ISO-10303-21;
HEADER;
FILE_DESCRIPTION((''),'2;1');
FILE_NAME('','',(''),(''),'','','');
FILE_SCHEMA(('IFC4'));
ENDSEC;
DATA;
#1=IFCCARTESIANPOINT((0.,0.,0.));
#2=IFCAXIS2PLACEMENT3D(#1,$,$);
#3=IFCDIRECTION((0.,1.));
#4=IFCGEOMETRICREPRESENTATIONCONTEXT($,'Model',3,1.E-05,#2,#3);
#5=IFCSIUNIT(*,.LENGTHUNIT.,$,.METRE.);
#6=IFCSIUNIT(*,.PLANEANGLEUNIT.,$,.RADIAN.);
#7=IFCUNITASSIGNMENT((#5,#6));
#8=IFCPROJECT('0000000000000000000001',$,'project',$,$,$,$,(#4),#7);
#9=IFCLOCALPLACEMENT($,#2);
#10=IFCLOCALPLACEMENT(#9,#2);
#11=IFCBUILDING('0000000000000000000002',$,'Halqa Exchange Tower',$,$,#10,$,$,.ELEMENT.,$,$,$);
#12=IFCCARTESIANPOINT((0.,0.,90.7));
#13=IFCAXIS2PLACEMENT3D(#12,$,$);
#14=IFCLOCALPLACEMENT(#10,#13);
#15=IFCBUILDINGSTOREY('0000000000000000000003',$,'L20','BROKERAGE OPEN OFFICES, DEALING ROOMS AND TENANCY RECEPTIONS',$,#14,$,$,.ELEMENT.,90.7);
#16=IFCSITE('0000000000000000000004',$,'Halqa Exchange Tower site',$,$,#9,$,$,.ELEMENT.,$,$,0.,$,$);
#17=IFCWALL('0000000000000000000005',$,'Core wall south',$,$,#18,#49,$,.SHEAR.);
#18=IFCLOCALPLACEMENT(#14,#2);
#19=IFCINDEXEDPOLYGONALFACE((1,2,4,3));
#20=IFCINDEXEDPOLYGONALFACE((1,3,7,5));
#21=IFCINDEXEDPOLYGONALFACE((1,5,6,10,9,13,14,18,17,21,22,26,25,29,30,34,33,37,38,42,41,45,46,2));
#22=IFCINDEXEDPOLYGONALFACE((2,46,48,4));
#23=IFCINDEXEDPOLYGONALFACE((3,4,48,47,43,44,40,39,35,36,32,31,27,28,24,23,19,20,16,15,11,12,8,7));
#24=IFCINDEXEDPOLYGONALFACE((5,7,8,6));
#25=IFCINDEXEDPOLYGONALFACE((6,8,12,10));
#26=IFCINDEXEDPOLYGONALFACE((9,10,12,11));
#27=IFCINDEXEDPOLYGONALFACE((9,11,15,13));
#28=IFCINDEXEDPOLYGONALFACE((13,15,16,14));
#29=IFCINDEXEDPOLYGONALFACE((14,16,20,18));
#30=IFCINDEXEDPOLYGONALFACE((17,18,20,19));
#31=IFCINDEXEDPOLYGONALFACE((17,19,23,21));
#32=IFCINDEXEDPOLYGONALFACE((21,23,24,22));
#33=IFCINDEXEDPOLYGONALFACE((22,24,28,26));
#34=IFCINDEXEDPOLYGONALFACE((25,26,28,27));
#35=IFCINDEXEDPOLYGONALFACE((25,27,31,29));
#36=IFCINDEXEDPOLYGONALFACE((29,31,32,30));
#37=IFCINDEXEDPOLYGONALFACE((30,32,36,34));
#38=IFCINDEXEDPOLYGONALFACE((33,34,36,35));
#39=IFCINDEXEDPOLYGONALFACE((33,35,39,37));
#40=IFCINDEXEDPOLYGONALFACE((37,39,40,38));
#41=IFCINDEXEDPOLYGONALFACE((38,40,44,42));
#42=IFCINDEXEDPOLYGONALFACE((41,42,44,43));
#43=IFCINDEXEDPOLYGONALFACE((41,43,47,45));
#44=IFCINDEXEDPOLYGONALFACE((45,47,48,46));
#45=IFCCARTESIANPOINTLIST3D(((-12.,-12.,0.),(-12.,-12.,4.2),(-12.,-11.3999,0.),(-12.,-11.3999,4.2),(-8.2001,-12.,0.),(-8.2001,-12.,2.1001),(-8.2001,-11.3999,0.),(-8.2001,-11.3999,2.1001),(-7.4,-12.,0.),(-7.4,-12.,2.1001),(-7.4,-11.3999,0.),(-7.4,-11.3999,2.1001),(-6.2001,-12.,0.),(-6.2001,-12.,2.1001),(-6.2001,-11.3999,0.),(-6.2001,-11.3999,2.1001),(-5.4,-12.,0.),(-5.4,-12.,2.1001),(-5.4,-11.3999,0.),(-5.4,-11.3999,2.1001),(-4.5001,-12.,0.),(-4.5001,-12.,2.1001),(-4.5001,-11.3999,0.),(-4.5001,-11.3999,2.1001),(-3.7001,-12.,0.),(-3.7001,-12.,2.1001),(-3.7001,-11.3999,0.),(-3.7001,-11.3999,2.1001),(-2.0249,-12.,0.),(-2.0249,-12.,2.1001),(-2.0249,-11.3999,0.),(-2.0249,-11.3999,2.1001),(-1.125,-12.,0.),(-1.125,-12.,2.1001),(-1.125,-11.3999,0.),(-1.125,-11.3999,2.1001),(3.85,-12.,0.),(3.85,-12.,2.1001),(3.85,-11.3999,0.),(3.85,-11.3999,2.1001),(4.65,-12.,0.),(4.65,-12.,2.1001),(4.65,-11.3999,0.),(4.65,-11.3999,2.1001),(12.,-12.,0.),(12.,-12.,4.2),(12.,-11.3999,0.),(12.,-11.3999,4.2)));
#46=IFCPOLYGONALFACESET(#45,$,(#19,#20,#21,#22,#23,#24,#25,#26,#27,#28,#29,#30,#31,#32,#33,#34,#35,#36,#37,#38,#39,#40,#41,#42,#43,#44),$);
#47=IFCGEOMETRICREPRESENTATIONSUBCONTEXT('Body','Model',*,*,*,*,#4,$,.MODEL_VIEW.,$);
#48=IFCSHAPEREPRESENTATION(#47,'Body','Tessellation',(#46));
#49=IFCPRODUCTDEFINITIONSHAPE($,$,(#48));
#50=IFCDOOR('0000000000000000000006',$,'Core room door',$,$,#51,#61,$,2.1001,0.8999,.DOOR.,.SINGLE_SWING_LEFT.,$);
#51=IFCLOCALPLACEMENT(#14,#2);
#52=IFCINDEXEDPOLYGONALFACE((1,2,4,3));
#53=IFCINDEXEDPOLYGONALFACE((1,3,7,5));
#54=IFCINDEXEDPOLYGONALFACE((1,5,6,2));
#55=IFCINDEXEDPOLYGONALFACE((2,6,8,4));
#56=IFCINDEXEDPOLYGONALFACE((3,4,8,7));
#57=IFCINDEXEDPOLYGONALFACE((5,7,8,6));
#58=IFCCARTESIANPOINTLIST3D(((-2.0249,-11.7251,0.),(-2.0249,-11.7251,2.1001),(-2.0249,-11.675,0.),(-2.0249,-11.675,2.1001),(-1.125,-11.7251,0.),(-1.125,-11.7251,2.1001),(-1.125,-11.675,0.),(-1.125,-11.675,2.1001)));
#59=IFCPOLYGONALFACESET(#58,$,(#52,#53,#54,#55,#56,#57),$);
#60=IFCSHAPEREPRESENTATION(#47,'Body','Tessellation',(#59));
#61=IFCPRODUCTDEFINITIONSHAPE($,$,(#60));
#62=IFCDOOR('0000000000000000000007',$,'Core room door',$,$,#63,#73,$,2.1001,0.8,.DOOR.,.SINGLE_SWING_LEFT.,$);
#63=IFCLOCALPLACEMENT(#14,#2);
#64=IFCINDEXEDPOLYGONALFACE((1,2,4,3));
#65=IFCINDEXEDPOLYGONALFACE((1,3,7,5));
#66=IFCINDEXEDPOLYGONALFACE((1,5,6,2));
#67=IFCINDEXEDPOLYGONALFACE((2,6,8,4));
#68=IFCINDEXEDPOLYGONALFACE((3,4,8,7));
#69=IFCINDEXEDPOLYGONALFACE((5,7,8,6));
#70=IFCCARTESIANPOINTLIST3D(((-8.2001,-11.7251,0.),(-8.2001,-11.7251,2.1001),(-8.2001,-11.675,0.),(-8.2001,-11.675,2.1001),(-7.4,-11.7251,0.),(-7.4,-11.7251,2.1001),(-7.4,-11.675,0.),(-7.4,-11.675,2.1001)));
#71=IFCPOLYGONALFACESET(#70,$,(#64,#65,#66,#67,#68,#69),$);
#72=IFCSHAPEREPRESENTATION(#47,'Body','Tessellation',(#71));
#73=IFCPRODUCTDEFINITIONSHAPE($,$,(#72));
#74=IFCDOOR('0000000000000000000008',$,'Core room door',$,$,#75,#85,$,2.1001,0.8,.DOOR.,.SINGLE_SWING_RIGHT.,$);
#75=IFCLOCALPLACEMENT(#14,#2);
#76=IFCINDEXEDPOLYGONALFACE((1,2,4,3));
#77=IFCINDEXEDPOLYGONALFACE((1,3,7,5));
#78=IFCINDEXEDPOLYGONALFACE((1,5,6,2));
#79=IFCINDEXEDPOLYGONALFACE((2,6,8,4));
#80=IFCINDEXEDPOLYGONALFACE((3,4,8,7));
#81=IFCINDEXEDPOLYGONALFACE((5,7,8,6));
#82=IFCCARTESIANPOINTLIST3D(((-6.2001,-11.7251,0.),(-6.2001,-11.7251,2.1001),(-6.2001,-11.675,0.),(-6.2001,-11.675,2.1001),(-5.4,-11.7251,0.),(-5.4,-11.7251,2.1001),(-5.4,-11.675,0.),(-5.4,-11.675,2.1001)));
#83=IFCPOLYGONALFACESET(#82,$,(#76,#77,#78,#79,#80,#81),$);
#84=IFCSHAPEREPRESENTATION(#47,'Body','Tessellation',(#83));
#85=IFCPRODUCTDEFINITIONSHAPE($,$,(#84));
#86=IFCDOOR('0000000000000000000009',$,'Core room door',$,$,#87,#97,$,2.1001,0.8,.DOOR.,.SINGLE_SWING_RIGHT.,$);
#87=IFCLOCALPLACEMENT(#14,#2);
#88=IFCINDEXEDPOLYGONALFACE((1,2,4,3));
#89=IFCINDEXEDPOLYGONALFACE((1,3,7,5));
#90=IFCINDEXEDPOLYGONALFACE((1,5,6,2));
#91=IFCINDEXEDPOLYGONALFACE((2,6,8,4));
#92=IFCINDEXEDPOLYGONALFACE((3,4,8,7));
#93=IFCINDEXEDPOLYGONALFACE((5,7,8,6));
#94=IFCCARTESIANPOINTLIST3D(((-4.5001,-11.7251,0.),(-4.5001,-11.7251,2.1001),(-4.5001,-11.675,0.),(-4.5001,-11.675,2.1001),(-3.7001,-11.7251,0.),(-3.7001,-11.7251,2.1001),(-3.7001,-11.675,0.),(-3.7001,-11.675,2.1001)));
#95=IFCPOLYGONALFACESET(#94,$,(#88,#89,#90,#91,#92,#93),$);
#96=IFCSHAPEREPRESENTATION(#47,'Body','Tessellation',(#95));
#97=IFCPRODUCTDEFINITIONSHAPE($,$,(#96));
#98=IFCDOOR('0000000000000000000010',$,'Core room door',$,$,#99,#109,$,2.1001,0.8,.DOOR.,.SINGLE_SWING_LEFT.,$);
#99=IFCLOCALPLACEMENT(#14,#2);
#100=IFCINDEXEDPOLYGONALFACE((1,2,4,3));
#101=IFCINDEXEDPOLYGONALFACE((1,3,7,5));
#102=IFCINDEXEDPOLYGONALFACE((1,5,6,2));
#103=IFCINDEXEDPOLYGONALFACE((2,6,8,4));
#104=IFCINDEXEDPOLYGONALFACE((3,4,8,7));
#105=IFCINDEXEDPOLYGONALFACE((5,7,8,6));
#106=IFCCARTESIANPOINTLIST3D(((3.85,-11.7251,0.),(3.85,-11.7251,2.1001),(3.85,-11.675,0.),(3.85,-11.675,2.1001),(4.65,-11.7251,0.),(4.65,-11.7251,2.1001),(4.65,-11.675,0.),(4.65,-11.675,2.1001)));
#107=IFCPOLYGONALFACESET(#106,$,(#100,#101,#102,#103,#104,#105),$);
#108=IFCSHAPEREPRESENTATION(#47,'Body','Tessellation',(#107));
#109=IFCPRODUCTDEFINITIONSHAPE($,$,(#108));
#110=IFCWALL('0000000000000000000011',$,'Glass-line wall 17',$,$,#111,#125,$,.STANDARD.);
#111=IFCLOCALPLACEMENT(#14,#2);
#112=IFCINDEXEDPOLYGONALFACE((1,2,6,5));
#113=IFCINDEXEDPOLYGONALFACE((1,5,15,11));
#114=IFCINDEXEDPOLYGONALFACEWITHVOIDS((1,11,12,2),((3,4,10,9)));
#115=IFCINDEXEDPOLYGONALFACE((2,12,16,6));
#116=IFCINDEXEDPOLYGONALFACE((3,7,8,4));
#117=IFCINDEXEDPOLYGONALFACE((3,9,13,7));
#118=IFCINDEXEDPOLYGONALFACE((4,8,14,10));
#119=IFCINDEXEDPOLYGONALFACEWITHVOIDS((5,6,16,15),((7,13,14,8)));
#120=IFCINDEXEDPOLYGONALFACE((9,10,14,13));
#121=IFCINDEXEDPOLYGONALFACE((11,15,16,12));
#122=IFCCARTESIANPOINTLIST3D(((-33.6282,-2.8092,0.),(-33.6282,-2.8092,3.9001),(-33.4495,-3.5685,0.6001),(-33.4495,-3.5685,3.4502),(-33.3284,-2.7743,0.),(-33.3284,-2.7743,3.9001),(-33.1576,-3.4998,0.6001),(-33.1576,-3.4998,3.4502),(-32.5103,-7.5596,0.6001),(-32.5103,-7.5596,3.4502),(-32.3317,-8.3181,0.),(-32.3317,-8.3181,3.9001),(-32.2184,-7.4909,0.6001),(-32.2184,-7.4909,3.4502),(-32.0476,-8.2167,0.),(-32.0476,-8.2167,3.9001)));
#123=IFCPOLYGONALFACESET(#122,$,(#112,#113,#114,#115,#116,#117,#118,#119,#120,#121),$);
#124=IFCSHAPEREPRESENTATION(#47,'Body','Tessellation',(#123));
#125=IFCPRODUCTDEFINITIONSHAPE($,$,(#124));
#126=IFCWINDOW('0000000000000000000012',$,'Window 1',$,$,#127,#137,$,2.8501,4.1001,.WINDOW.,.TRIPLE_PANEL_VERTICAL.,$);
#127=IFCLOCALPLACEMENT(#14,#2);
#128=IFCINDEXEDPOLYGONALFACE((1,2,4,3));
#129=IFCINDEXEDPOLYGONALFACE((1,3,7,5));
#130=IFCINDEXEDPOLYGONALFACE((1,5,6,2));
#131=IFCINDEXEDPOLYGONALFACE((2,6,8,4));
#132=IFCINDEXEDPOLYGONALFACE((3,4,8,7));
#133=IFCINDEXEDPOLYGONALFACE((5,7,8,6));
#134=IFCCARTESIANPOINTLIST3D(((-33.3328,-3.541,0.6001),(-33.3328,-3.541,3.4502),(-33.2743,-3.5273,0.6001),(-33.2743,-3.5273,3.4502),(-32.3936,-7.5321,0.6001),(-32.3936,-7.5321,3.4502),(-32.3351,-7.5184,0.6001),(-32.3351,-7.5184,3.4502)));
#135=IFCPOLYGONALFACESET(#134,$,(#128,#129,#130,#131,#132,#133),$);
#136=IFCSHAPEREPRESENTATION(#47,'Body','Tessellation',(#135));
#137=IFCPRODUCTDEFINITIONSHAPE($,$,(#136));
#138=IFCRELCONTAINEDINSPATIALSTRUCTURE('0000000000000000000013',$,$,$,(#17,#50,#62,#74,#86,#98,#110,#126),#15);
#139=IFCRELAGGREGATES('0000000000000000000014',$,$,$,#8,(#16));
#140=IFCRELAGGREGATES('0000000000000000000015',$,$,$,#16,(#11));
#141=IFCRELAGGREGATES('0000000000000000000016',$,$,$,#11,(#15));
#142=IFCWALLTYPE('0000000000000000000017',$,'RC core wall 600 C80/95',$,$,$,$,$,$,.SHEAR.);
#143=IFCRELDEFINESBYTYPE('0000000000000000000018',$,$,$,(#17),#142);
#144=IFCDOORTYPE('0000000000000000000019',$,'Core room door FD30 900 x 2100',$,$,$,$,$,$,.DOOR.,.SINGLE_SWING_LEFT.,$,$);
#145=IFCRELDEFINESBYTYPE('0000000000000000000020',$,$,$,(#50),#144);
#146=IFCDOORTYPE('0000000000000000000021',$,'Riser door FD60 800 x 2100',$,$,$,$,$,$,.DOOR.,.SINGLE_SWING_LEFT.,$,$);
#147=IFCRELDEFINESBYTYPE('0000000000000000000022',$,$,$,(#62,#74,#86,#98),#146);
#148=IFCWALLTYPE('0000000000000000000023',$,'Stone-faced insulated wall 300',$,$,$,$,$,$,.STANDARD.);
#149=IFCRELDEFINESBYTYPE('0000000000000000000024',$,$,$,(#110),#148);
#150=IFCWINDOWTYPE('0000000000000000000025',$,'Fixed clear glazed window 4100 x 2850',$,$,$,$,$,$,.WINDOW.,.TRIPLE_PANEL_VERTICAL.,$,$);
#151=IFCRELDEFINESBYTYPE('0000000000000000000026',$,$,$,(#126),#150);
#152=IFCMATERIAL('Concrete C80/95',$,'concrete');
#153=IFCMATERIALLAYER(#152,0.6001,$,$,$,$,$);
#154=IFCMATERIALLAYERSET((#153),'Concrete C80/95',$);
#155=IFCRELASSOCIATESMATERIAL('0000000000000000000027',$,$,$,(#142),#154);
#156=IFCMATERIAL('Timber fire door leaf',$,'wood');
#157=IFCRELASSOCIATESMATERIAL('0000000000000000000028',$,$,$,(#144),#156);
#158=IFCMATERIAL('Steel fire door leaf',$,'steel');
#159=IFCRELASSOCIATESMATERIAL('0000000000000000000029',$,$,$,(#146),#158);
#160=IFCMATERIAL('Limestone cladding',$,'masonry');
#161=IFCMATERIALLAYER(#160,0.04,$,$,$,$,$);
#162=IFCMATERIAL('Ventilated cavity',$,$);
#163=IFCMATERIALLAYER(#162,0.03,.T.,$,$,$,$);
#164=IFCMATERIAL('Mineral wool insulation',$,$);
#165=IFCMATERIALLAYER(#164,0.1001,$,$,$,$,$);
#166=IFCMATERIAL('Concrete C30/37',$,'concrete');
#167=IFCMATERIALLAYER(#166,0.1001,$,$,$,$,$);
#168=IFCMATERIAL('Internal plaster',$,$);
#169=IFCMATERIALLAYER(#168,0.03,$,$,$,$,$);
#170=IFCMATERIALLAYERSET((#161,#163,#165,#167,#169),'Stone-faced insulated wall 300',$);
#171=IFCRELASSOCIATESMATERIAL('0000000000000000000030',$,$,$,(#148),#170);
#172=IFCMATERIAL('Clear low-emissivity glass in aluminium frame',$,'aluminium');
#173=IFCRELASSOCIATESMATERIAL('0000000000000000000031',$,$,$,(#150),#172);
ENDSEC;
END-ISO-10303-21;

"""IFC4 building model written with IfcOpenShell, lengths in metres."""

from ifc_helpers import new_model, si_unit, direction, frame, frame_2d, origin, place, context, subcontext, project, spatial, polyline, rectangle, outline, extrude, material, layer, layer_set, type_object, element, fill, save


model = new_model("IFC4")

# Units and contexts
model_context = context("Model", 3, precision=1e-05, world=origin(), true_north=direction((0.0, 1.0)))
body_context = subcontext(model_context, "Body", "Model", "MODEL_VIEW")
ifc_project = project(units=[si_unit("LENGTHUNIT", "METRE"), si_unit("PLANEANGLEUNIT", "RADIAN")], contexts=[model_context])

# Site, building, storey
site_placement = place(None, origin())
site = spatial("IfcSite", under=ifc_project, at=site_placement, Name="Halqa Exchange Tower site", CompositionType="ELEMENT", RefElevation=0.0)
building_placement = place(site_placement, origin())
building = spatial("IfcBuilding", under=site, at=building_placement, Name="Halqa Exchange Tower", CompositionType="ELEMENT")
storey_placement = place(building_placement, frame((0.0, 0.0, 90.7)))
storey = spatial("IfcBuildingStorey", under=building, at=storey_placement, Name="L20", Description="BROKERAGE OPEN OFFICES, DEALING ROOMS AND TENANCY RECEPTIONS", CompositionType="ELEMENT", Elevation=90.7)

# Wall, openings, doors
ifc_material_1 = material(Name="Concrete C80/95", Category="concrete")
ifc_layer_1 = layer(ifc_material_1, 0.6001)
ifc_layer_set_1 = layer_set([ifc_layer_1], Name="Concrete C80/95")
wall_type_1 = type_object("IfcWallType", Name="RC core wall 600 C80/95", PredefinedType="SHEAR", material=ifc_layer_set_1)
wall_1_placement = place(storey_placement, frame((-12.0, -11.7, 0.0), z_axis=(0.0, 0.0, 1.0), x_axis=(1.0, 0.0, 0.0)))
wall_1 = element("IfcWall", 1, at=wall_1_placement, inside=storey, type_object=wall_type_1, Name="Core wall south", PredefinedType="SHEAR", context=body_context, shape_type="SweptSolid", body=[
    extrude(rectangle(XDim=24.0, YDim=0.6001, at=frame_2d((12.0, 0.0))), origin(), (0.0, 0.0, 1.0), 4.2),
])
opening_1_placement = place(wall_1_placement, frame((9.9751, 0.0, 0.0)))
opening_1 = element("IfcOpeningElement", 2, at=opening_1_placement, cuts=wall_1, PredefinedType="OPENING", context=body_context, shape_type="SweptSolid", body=[
    extrude(rectangle(XDim=0.8999, YDim=2.1001, at=frame_2d((0.45, 1.05))), frame((0.0, 0.312, 0.0), z_axis=(0.0, -1.0, 0.0), x_axis=(1.0, 0.0, 0.0)), (0.0, 0.0, 1.0), 0.624),
])
opening_2_placement = place(wall_1_placement, frame((3.8, 0.0, 0.0)))
opening_2 = element("IfcOpeningElement", 3, at=opening_2_placement, cuts=wall_1, PredefinedType="OPENING", context=body_context, shape_type="SweptSolid", body=[
    extrude(rectangle(XDim=0.8, YDim=2.1001, at=frame_2d((0.3999, 1.05))), frame((0.0, 0.312, 0.0), z_axis=(0.0, -1.0, 0.0), x_axis=(1.0, 0.0, 0.0)), (0.0, 0.0, 1.0), 0.624),
])
opening_3_placement = place(wall_1_placement, frame((5.8, 0.0, 0.0)))
opening_3 = element("IfcOpeningElement", 4, at=opening_3_placement, cuts=wall_1, PredefinedType="OPENING", context=body_context, shape_type="SweptSolid", body=[
    extrude(rectangle(XDim=0.8, YDim=2.1001, at=frame_2d((0.3999, 1.05))), frame((0.0, 0.312, 0.0), z_axis=(0.0, -1.0, 0.0), x_axis=(1.0, 0.0, 0.0)), (0.0, 0.0, 1.0), 0.624),
])
opening_4_placement = place(wall_1_placement, frame((7.5, 0.0, 0.0)))
opening_4 = element("IfcOpeningElement", 5, at=opening_4_placement, cuts=wall_1, PredefinedType="OPENING", context=body_context, shape_type="SweptSolid", body=[
    extrude(rectangle(XDim=0.8, YDim=2.1001, at=frame_2d((0.3999, 1.05))), frame((0.0, 0.312, 0.0), z_axis=(0.0, -1.0, 0.0), x_axis=(1.0, 0.0, 0.0)), (0.0, 0.0, 1.0), 0.624),
])
opening_5_placement = place(wall_1_placement, frame((15.8501, 0.0, 0.0)))
opening_5 = element("IfcOpeningElement", 6, at=opening_5_placement, cuts=wall_1, PredefinedType="OPENING", context=body_context, shape_type="SweptSolid", body=[
    extrude(rectangle(XDim=0.8, YDim=2.1001, at=frame_2d((0.3999, 1.05))), frame((0.0, 0.312, 0.0), z_axis=(0.0, -1.0, 0.0), x_axis=(1.0, 0.0, 0.0)), (0.0, 0.0, 1.0), 0.624),
])
ifc_material_2 = material(Name="Timber fire door leaf", Category="wood")
door_type_1 = type_object("IfcDoorType", Name="Core room door FD30 900 x 2100", OperationType="SINGLE_SWING_LEFT", PredefinedType="DOOR", material=ifc_material_2)
door_1_placement = place(opening_1_placement, origin())
door_1 = element("IfcDoor", 7, at=door_1_placement, inside=storey, type_object=door_type_1, Name="Core room door", OperationType="SINGLE_SWING_LEFT", OverallHeight=2.1001, OverallWidth=0.8999, PredefinedType="DOOR", context=body_context, shape_type="SweptSolid", body=[
    extrude(rectangle(XDim=0.8999, YDim=2.1001, at=frame_2d((0.45, 1.05))), frame((0.0, 0.0249, 0.0), z_axis=(0.0, -1.0, 0.0), x_axis=(1.0, 0.0, 0.0)), (0.0, 0.0, 1.0), 0.05),
])
fill(opening_1, door_1)
ifc_material_3 = material(Name="Steel fire door leaf", Category="steel")
door_type_2 = type_object("IfcDoorType", Name="Riser door FD60 800 x 2100", OperationType="SINGLE_SWING_LEFT", PredefinedType="DOOR", material=ifc_material_3)
door_2_placement = place(opening_2_placement, origin())
door_2 = element("IfcDoor", 8, at=door_2_placement, inside=storey, type_object=door_type_2, Name="Core room door", OperationType="SINGLE_SWING_LEFT", OverallHeight=2.1001, OverallWidth=0.8, PredefinedType="DOOR", context=body_context, shape_type="SweptSolid", body=[
    extrude(rectangle(XDim=0.8, YDim=2.1001, at=frame_2d((0.3999, 1.05))), frame((0.0, 0.0249, 0.0), z_axis=(0.0, -1.0, 0.0), x_axis=(1.0, 0.0, 0.0)), (0.0, 0.0, 1.0), 0.05),
])
fill(opening_2, door_2)
door_3_placement = place(opening_3_placement, origin())
door_3 = element("IfcDoor", 9, at=door_3_placement, inside=storey, type_object=door_type_2, Name="Core room door", OperationType="SINGLE_SWING_RIGHT", OverallHeight=2.1001, OverallWidth=0.8, PredefinedType="DOOR", context=body_context, shape_type="SweptSolid", body=[
    extrude(rectangle(XDim=0.8, YDim=2.1001, at=frame_2d((0.3999, 1.05))), frame((0.0, 0.0249, 0.0), z_axis=(0.0, -1.0, 0.0), x_axis=(1.0, 0.0, 0.0)), (0.0, 0.0, 1.0), 0.05),
])
fill(opening_3, door_3)
door_4_placement = place(opening_4_placement, origin())
door_4 = element("IfcDoor", 10, at=door_4_placement, inside=storey, type_object=door_type_2, Name="Core room door", OperationType="SINGLE_SWING_RIGHT", OverallHeight=2.1001, OverallWidth=0.8, PredefinedType="DOOR", context=body_context, shape_type="SweptSolid", body=[
    extrude(rectangle(XDim=0.8, YDim=2.1001, at=frame_2d((0.3999, 1.05))), frame((0.0, 0.0249, 0.0), z_axis=(0.0, -1.0, 0.0), x_axis=(1.0, 0.0, 0.0)), (0.0, 0.0, 1.0), 0.05),
])
fill(opening_4, door_4)
door_5_placement = place(opening_5_placement, origin())
door_5 = element("IfcDoor", 11, at=door_5_placement, inside=storey, type_object=door_type_2, Name="Core room door", OperationType="SINGLE_SWING_LEFT", OverallHeight=2.1001, OverallWidth=0.8, PredefinedType="DOOR", context=body_context, shape_type="SweptSolid", body=[
    extrude(rectangle(XDim=0.8, YDim=2.1001, at=frame_2d((0.3999, 1.05))), frame((0.0, 0.0249, 0.0), z_axis=(0.0, -1.0, 0.0), x_axis=(1.0, 0.0, 0.0)), (0.0, 0.0, 1.0), 0.05),
])
fill(opening_5, door_5)

# Wall, opening, window
ifc_material_4 = material(Name="Limestone cladding", Category="masonry")
ifc_layer_2 = layer(ifc_material_4, 0.04)
ifc_material_5 = material(Name="Ventilated cavity")
ifc_layer_3 = layer(ifc_material_5, 0.03, ventilated=True)
ifc_material_6 = material(Name="Mineral wool insulation")
ifc_layer_4 = layer(ifc_material_6, 0.1001)
ifc_material_7 = material(Name="Concrete C30/37", Category="concrete")
ifc_layer_5 = layer(ifc_material_7, 0.1001)
ifc_material_8 = material(Name="Internal plaster")
ifc_layer_6 = layer(ifc_material_8, 0.03)
ifc_layer_set_2 = layer_set([ifc_layer_2, ifc_layer_3, ifc_layer_4, ifc_layer_5, ifc_layer_6], Name="Stone-faced insulated wall 300")
wall_type_2 = type_object("IfcWallType", Name="Stone-faced insulated wall 300", PredefinedType="STANDARD", material=ifc_layer_set_2)
wall_2_placement = place(storey_placement, frame((-33.4783, -2.7917, 0.0), z_axis=(0.0, 0.0, 1.0), x_axis=(0.229073, -0.973409, 0.0)))
wall_2 = element("IfcWall", 12, at=wall_2_placement, inside=storey, type_object=wall_type_2, Name="Glass-line wall 17", PredefinedType="STANDARD", context=body_context, shape_type="SweptSolid", body=[
    extrude(outline(polyline([(-0.0173, -0.1499), (5.6421, -0.1499), (5.6084, 0.1499), (0.0173, 0.1499), (-0.0173, -0.1499)])), origin(), (0.0, 0.0, 1.0), 3.9001),
])
opening_6_placement = place(wall_2_placement, frame((0.7627, 0.0, 0.6001)))
opening_6 = element("IfcOpeningElement", 13, at=opening_6_placement, cuts=wall_2, PredefinedType="OPENING", context=body_context, shape_type="SweptSolid", body=[
    extrude(rectangle(XDim=4.1001, YDim=2.8501, at=frame_2d((2.05, 1.425))), frame((0.0, 0.1621, 0.0), z_axis=(0.0, -1.0, 0.0), x_axis=(1.0, 0.0, 0.0)), (0.0, 0.0, 1.0), 0.324),
])
ifc_material_9 = material(Name="Clear low-emissivity glass in aluminium frame", Category="aluminium")
window_type = type_object("IfcWindowType", Name="Fixed clear glazed window 4100 x 2850", PartitioningType="TRIPLE_PANEL_VERTICAL", PredefinedType="WINDOW", material=ifc_material_9)
window_1_placement = place(opening_6_placement, origin())
window_1 = element("IfcWindow", 14, at=window_1_placement, inside=storey, type_object=window_type, Name="Window 1", OverallHeight=2.8501, OverallWidth=4.1001, PartitioningType="TRIPLE_PANEL_VERTICAL", PredefinedType="WINDOW", context=body_context, shape_type="SweptSolid", body=[
    extrude(rectangle(XDim=4.1001, YDim=2.8501, at=frame_2d((2.05, 1.425))), frame((0.0, 0.03, 0.0), z_axis=(0.0, -1.0, 0.0), x_axis=(1.0, 0.0, 0.0)), (0.0, 0.0, 1.0), 0.0601),
])
fill(opening_6, window_1)

save(model, "model.ifc")
